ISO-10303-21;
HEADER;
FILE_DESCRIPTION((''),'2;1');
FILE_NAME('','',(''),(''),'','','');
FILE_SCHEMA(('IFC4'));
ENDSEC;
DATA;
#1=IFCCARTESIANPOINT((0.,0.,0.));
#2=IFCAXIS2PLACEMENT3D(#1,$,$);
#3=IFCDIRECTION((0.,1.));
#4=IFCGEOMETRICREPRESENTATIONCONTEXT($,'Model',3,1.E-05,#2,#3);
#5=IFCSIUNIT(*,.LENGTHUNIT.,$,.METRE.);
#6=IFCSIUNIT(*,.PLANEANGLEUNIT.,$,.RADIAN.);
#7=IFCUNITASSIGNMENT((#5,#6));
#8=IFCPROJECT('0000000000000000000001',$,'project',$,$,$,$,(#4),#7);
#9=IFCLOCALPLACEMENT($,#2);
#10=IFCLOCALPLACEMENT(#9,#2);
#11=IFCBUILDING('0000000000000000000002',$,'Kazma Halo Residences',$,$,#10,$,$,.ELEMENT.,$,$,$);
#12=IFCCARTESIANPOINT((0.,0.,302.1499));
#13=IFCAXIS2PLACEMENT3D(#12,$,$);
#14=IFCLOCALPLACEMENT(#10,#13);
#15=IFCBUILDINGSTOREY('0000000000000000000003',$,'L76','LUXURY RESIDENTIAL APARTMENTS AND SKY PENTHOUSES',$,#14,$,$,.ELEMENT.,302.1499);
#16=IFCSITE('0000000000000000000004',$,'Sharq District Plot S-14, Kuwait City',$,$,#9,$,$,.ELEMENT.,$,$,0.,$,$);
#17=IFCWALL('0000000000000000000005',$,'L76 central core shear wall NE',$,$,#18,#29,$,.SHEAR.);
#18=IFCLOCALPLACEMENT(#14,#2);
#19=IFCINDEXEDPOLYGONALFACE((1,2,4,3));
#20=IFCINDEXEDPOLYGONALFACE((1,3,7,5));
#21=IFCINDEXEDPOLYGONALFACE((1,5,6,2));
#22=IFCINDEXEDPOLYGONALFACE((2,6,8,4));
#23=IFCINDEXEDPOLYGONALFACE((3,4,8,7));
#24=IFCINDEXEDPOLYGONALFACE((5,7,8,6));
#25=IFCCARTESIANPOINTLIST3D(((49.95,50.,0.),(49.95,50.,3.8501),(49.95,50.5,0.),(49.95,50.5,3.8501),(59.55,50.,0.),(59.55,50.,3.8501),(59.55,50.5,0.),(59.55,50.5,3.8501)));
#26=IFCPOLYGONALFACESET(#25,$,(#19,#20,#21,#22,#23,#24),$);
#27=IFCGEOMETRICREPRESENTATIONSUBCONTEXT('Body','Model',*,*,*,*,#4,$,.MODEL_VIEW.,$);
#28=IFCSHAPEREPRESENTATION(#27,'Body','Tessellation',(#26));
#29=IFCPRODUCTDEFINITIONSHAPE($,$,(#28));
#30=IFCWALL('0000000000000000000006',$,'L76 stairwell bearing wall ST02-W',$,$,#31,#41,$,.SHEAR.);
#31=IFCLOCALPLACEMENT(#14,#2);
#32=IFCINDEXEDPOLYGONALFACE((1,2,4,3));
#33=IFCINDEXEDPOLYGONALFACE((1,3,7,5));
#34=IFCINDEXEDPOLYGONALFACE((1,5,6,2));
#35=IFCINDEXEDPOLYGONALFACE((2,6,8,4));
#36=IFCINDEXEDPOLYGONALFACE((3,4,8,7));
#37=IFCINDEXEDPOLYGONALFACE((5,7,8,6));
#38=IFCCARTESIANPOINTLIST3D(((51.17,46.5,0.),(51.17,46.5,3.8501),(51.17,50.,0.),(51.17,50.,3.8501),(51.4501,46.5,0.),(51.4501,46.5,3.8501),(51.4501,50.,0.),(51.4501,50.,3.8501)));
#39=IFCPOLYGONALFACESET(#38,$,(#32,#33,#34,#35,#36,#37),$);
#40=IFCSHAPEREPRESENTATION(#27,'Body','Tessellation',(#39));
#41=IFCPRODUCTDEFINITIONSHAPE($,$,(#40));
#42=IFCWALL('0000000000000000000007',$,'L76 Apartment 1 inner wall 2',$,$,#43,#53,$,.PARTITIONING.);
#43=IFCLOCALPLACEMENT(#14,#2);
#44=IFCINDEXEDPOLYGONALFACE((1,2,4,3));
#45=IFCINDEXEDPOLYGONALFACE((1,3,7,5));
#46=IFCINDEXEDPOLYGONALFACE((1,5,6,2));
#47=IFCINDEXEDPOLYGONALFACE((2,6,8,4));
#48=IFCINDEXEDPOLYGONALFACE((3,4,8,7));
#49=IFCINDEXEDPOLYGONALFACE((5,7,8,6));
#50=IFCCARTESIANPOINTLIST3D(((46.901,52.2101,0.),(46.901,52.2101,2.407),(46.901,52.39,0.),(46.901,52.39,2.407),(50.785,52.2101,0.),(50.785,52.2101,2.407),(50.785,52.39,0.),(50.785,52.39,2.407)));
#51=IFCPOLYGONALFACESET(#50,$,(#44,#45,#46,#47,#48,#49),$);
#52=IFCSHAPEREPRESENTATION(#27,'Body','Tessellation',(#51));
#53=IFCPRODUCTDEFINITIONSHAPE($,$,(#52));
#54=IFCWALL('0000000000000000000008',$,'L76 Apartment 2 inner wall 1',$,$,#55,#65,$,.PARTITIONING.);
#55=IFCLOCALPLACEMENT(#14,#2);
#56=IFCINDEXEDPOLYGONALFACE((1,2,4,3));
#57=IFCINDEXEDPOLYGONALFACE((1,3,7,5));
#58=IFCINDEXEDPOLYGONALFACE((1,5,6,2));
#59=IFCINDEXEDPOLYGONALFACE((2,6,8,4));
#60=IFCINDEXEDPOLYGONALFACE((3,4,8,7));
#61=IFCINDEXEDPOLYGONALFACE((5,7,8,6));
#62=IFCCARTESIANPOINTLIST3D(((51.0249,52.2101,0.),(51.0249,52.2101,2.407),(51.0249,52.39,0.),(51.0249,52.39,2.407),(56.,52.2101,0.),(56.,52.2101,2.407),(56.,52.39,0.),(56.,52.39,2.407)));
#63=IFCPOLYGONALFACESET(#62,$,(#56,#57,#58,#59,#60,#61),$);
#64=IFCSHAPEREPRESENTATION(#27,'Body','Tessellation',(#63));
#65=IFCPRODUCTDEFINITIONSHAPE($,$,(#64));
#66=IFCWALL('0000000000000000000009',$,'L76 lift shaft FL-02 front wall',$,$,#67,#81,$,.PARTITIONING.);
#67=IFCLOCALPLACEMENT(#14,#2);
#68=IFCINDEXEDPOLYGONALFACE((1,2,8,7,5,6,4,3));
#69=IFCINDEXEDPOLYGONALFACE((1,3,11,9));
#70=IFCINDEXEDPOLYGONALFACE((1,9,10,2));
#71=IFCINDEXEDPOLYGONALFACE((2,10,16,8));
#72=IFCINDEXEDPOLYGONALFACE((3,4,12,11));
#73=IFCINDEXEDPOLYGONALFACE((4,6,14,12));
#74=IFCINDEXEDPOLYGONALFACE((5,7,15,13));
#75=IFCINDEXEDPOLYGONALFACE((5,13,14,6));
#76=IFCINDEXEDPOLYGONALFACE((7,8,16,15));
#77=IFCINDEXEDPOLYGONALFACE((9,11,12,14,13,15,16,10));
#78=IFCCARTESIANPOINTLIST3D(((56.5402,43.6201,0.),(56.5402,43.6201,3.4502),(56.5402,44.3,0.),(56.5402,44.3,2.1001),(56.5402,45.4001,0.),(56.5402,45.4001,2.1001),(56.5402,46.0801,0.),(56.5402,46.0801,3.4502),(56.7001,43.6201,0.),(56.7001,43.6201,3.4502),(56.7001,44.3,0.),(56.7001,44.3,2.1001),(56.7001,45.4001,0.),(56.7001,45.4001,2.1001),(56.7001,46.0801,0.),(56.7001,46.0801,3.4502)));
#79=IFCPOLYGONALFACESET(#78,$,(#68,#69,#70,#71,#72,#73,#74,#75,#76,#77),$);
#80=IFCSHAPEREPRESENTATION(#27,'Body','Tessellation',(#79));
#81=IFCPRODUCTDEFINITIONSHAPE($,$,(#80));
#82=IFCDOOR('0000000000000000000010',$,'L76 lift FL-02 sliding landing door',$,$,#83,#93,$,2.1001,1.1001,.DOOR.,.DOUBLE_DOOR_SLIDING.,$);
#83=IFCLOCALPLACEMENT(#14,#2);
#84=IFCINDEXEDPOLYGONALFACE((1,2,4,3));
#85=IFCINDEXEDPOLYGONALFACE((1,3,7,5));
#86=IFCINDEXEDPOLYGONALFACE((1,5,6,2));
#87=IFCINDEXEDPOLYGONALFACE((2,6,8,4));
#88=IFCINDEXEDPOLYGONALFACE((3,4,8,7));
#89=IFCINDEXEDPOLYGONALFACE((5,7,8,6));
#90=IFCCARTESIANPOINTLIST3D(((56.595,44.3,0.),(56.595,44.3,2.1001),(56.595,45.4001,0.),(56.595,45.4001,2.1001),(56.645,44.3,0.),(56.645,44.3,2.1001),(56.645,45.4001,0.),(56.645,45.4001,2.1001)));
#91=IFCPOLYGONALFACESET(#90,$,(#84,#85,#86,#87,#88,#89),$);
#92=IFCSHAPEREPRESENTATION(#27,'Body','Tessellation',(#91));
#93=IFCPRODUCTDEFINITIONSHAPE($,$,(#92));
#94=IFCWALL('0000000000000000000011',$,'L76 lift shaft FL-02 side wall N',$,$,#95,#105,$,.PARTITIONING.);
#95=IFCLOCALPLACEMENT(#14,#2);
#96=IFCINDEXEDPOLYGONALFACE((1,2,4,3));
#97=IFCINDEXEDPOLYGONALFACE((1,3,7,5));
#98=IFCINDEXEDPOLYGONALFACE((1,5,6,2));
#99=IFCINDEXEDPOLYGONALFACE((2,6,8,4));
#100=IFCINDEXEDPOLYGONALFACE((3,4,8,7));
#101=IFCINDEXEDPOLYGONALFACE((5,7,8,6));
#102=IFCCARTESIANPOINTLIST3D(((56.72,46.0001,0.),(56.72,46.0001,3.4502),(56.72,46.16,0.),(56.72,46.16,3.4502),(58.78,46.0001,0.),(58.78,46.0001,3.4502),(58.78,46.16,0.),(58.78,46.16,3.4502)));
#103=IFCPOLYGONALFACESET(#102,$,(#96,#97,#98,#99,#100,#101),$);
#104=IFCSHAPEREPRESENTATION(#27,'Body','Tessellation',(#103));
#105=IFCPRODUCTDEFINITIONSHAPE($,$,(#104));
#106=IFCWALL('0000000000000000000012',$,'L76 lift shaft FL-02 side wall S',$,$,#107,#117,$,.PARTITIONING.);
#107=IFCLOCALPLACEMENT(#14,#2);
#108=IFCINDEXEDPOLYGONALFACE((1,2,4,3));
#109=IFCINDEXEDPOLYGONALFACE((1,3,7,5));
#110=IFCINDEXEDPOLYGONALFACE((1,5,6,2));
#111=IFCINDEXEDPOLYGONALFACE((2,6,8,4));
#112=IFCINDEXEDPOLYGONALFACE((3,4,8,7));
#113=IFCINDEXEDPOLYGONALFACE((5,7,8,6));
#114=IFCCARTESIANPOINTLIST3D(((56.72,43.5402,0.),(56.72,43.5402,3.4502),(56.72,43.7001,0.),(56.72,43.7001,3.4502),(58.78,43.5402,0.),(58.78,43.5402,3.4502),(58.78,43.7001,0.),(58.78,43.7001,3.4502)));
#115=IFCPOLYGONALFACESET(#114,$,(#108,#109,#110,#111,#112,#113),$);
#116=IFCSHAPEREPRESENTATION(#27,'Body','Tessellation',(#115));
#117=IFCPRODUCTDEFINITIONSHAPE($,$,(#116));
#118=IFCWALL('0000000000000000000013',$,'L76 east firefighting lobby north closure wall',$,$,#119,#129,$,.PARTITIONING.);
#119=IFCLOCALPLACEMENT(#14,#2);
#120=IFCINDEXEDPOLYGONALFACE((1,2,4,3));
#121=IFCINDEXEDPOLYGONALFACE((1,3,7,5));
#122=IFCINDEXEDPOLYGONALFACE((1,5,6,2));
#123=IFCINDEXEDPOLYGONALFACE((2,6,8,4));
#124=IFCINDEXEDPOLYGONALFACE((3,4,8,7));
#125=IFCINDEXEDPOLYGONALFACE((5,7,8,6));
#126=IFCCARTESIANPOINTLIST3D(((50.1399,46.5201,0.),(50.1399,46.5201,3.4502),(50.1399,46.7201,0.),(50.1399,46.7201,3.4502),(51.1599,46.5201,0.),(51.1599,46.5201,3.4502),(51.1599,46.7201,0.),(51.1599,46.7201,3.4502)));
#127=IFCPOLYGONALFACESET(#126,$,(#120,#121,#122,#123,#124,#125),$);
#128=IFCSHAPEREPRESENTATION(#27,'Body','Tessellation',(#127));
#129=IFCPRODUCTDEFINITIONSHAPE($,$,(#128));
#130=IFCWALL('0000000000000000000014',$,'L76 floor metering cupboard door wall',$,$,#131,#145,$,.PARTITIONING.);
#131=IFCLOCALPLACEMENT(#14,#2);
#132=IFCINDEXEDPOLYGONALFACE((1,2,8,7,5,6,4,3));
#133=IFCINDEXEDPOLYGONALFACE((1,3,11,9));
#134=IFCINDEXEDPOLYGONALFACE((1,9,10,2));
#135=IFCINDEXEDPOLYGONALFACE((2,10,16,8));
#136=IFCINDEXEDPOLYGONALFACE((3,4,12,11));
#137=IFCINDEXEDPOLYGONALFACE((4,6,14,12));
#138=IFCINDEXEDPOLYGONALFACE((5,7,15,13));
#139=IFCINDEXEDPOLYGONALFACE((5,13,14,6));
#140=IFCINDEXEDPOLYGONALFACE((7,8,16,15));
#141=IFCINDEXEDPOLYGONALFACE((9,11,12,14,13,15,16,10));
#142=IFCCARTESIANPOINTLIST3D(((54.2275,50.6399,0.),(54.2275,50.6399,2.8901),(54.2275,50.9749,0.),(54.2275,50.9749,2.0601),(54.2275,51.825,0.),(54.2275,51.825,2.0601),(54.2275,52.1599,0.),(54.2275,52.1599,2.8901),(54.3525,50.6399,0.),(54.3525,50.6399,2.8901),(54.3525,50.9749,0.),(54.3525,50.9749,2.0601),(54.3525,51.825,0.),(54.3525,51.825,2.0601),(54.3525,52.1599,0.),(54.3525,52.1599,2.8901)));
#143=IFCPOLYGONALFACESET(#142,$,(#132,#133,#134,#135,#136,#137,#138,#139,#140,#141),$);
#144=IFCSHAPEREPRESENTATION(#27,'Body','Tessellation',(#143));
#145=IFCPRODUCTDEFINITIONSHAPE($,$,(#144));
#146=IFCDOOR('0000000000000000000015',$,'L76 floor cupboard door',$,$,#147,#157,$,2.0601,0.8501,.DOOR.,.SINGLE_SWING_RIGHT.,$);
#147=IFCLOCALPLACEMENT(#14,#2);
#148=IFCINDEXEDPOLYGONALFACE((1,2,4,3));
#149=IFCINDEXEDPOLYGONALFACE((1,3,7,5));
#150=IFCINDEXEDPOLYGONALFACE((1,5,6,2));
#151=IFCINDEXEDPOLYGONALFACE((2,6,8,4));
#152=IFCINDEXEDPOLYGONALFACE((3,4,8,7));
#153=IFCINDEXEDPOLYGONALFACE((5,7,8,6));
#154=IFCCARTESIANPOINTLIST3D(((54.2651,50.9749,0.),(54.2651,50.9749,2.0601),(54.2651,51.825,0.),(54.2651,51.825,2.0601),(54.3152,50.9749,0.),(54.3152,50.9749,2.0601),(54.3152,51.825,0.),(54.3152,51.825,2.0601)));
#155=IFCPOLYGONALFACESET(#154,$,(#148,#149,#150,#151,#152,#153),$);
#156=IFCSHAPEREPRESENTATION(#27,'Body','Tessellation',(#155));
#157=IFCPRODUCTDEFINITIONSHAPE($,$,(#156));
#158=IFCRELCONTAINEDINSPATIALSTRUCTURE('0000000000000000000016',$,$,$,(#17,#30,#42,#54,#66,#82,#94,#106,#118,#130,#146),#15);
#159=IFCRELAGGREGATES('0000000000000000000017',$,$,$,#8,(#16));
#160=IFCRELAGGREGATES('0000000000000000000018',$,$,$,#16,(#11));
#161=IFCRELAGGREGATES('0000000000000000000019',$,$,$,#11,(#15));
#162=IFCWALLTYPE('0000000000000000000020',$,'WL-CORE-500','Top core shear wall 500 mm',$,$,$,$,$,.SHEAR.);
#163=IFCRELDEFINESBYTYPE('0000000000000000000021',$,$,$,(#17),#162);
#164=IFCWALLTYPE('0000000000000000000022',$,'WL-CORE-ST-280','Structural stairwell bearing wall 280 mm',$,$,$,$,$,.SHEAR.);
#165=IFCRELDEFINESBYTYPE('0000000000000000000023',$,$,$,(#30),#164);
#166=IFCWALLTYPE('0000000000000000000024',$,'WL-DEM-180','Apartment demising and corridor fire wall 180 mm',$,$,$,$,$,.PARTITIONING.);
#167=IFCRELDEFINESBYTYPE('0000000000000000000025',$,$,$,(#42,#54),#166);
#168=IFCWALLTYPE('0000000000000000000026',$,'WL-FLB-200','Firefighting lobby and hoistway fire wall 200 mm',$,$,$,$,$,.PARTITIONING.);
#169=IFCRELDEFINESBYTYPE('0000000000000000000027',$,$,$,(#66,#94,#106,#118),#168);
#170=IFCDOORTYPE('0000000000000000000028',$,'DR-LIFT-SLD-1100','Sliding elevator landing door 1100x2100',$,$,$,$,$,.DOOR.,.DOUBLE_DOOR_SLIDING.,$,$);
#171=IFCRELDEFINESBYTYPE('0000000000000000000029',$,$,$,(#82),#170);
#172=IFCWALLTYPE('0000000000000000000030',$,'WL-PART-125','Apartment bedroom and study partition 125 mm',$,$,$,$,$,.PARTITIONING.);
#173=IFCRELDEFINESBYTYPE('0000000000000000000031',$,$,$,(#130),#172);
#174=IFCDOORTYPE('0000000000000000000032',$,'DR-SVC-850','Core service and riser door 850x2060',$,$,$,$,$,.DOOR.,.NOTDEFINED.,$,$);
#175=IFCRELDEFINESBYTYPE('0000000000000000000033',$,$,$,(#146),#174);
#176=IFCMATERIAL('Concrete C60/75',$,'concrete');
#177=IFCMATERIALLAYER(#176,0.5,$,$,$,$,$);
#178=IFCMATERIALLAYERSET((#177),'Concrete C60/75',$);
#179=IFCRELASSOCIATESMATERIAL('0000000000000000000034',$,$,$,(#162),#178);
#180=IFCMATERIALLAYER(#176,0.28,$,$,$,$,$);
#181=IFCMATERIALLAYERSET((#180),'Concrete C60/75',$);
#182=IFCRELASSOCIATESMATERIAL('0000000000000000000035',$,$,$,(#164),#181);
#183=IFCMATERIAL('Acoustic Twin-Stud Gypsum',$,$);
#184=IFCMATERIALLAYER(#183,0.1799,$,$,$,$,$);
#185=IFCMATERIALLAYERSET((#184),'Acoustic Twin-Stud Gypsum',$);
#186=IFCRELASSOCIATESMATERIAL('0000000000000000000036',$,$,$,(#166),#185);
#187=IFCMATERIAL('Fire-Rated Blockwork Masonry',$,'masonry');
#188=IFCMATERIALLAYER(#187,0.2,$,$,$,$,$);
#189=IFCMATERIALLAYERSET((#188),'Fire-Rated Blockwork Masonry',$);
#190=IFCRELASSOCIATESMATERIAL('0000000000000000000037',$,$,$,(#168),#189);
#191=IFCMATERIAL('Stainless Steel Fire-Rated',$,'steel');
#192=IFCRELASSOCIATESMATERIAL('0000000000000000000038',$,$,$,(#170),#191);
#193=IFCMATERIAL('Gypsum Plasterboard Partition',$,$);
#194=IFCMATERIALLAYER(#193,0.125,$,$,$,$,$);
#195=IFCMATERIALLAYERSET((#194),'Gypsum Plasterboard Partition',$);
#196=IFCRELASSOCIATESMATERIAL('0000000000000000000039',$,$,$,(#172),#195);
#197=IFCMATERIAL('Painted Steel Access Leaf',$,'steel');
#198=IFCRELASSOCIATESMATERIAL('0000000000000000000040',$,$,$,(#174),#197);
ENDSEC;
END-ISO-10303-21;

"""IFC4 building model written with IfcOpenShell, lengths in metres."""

from ifc_helpers import new_model, si_unit, direction, frame, frame_2d, origin, place, context, subcontext, project, spatial, rectangle, extrude, material, layer, layer_set, type_object, element, fill, save


model = new_model("IFC4")

# Units and contexts
model_context = context("Model", 3, precision=1e-05, world=origin(), true_north=direction((0.0, 1.0)))
body_context = subcontext(model_context, "Body", "Model", "MODEL_VIEW")
ifc_project = project(units=[si_unit("LENGTHUNIT", "METRE"), si_unit("PLANEANGLEUNIT", "RADIAN")], contexts=[model_context])

# Site, building, storey
site_placement = place(None, origin())
site = spatial("IfcSite", under=ifc_project, at=site_placement, Name="Sharq District Plot S-14, Kuwait City", CompositionType="ELEMENT", RefElevation=0.0)
building_placement = place(site_placement, origin())
building = spatial("IfcBuilding", under=site, at=building_placement, Name="Kazma Halo Residences", CompositionType="ELEMENT")
storey_placement = place(building_placement, frame((0.0, 0.0, 302.1499)))
storey = spatial("IfcBuildingStorey", under=building, at=storey_placement, Name="L76", Description="LUXURY RESIDENTIAL APARTMENTS AND SKY PENTHOUSES", CompositionType="ELEMENT", Elevation=302.1499)

# Walls
ifc_material_1 = material(Name="Concrete C60/75", Category="concrete")
ifc_layer_1 = layer(ifc_material_1, 0.5)
ifc_layer_set_1 = layer_set([ifc_layer_1], Name="Concrete C60/75")
wall_type_1 = type_object("IfcWallType", Name="WL-CORE-500", Description="Top core shear wall 500 mm", PredefinedType="SHEAR", material=ifc_layer_set_1)
wall_1_placement = place(storey_placement, frame((49.95, 50.25, 0.0), z_axis=(0.0, 0.0, 1.0), x_axis=(1.0, 0.0, 0.0)))
element("IfcWall", 1, at=wall_1_placement, inside=storey, type_object=wall_type_1, Name="L76 central core shear wall NE", PredefinedType="SHEAR", context=body_context, shape_type="SweptSolid", body=[
    extrude(rectangle(XDim=9.6001, YDim=0.5, at=frame_2d((4.8, 0.0))), origin(), (0.0, 0.0, 1.0), 3.8501),
])
ifc_layer_2 = layer(ifc_material_1, 0.28)
ifc_layer_set_2 = layer_set([ifc_layer_2], Name="Concrete C60/75")
wall_type_2 = type_object("IfcWallType", Name="WL-CORE-ST-280", Description="Structural stairwell bearing wall 280 mm", PredefinedType="SHEAR", material=ifc_layer_set_2)
wall_2_placement = place(storey_placement, frame((51.3101, 46.5, 0.0), z_axis=(0.0, 0.0, 1.0), x_axis=(0.0, 1.0, 0.0)))
element("IfcWall", 2, at=wall_2_placement, inside=storey, type_object=wall_type_2, Name="L76 stairwell bearing wall ST02-W", PredefinedType="SHEAR", context=body_context, shape_type="SweptSolid", body=[
    extrude(rectangle(XDim=3.5, YDim=0.28, at=frame_2d((1.75, 0.0))), origin(), (0.0, 0.0, 1.0), 3.8501),
])
ifc_material_2 = material(Name="Acoustic Twin-Stud Gypsum")
ifc_layer_3 = layer(ifc_material_2, 0.1799)
ifc_layer_set_3 = layer_set([ifc_layer_3], Name="Acoustic Twin-Stud Gypsum")
wall_type_3 = type_object("IfcWallType", Name="WL-DEM-180", Description="Apartment demising and corridor fire wall 180 mm", PredefinedType="PARTITIONING", material=ifc_layer_set_3)
wall_3_placement = place(storey_placement, frame((50.7849, 52.3, 0.0), z_axis=(0.0, 0.0, 1.0), x_axis=(-1.0, 0.0, 0.0)))
element("IfcWall", 3, at=wall_3_placement, inside=storey, type_object=wall_type_3, Name="L76 Apartment 1 inner wall 2", PredefinedType="PARTITIONING", context=body_context, shape_type="SweptSolid", body=[
    extrude(rectangle(XDim=3.884, YDim=0.1799, at=frame_2d((1.9419, 0.0))), origin(), (0.0, 0.0, 1.0), 2.407),
])
wall_4_placement = place(storey_placement, frame((56.0, 52.3, 0.0), z_axis=(0.0, 0.0, 1.0), x_axis=(-1.0, 0.0, 0.0)))
element("IfcWall", 4, at=wall_4_placement, inside=storey, type_object=wall_type_3, Name="L76 Apartment 2 inner wall 1", PredefinedType="PARTITIONING", context=body_context, shape_type="SweptSolid", body=[
    extrude(rectangle(XDim=4.9751, YDim=0.1799, at=frame_2d((2.4875, 0.0))), origin(), (0.0, 0.0, 1.0), 2.407),
])

# Wall, opening, door
ifc_material_3 = material(Name="Fire-Rated Blockwork Masonry", Category="masonry")
ifc_layer_4 = layer(ifc_material_3, 0.2)
ifc_layer_set_4 = layer_set([ifc_layer_4], Name="Fire-Rated Blockwork Masonry")
wall_type_4 = type_object("IfcWallType", Name="WL-FLB-200", Description="Firefighting lobby and hoistway fire wall 200 mm", PredefinedType="PARTITIONING", material=ifc_layer_set_4)
wall_5_placement = place(storey_placement, frame((56.6201, 46.0801, 0.0), z_axis=(0.0, 0.0, 1.0), x_axis=(0.0, -1.0, 0.0)))
wall_5 = element("IfcWall", 5, at=wall_5_placement, inside=storey, type_object=wall_type_4, Name="L76 lift shaft FL-02 front wall", PredefinedType="PARTITIONING", context=body_context, shape_type="SweptSolid", body=[
    extrude(rectangle(XDim=2.46, YDim=0.1599, at=frame_2d((1.23, 0.0))), origin(), (0.0, 0.0, 1.0), 3.4502),
])
opening_1_placement = place(wall_5_placement, frame((0.6799, 0.0, 0.0)))
opening_1 = element("IfcOpeningElement", 6, at=opening_1_placement, cuts=wall_5, PredefinedType="OPENING", context=body_context, shape_type="SweptSolid", body=[
    extrude(rectangle(XDim=1.1001, YDim=2.1001, at=frame_2d((0.55, 1.05))), frame((0.0, 0.0898, 0.0), z_axis=(0.0, -1.0, 0.0), x_axis=(1.0, 0.0, 0.0)), (0.0, 0.0, 1.0), 0.1799),
])
ifc_material_4 = material(Name="Stainless Steel Fire-Rated", Category="steel")
door_type_1 = type_object("IfcDoorType", Name="DR-LIFT-SLD-1100", Description="Sliding elevator landing door 1100x2100", OperationType="DOUBLE_DOOR_SLIDING", PredefinedType="DOOR", material=ifc_material_4)
door_1_placement = place(opening_1_placement, origin())
door_1 = element("IfcDoor", 7, at=door_1_placement, inside=storey, type_object=door_type_1, Name="L76 lift FL-02 sliding landing door", OperationType="DOUBLE_DOOR_SLIDING", OverallHeight=2.1001, OverallWidth=1.1001, PredefinedType="DOOR", context=body_context, shape_type="SweptSolid", body=[
    extrude(rectangle(XDim=1.1001, YDim=2.1001, at=frame_2d((0.55, 1.05))), frame((0.0, 0.0249, 0.0), z_axis=(0.0, -1.0, 0.0), x_axis=(1.0, 0.0, 0.0)), (0.0, 0.0, 1.0), 0.05),
])
fill(opening_1, door_1)

# Walls
for number, where, z_axis, x_axis, name in (
    (8, (56.72, 46.0801, 0.0), (0.0, 0.0, 1.0), (1.0, 0.0, 0.0), "L76 lift shaft FL-02 side wall N"),
    (9, (56.72, 43.6201, 0.0), (0.0, 0.0, 1.0), (1.0, 0.0, 0.0), "L76 lift shaft FL-02 side wall S"),
):
    element("IfcWall", number, at=place(storey_placement, frame(where, z_axis=z_axis, x_axis=x_axis)), inside=storey, type_object=wall_type_4, Name=name, PredefinedType="PARTITIONING", context=body_context, shape_type="SweptSolid", body=[
        extrude(rectangle(XDim=2.0601, YDim=0.1599, at=frame_2d((1.03, 0.0))), origin(), (0.0, 0.0, 1.0), 3.4502),
    ])
wall_6_placement = place(storey_placement, frame((50.1399, 46.6201, 0.0), z_axis=(0.0, 0.0, 1.0), x_axis=(1.0, 0.0, 0.0)))
element("IfcWall", 10, at=wall_6_placement, inside=storey, type_object=wall_type_4, Name="L76 east firefighting lobby north closure wall", PredefinedType="PARTITIONING", context=body_context, shape_type="SweptSolid", body=[
    extrude(rectangle(XDim=1.02, YDim=0.2, at=frame_2d((0.51, 0.0))), origin(), (0.0, 0.0, 1.0), 3.4502),
])

# Wall, opening, door
ifc_material_5 = material(Name="Gypsum Plasterboard Partition")
ifc_layer_5 = layer(ifc_material_5, 0.125)
ifc_layer_set_5 = layer_set([ifc_layer_5], Name="Gypsum Plasterboard Partition")
wall_type_5 = type_object("IfcWallType", Name="WL-PART-125", Description="Apartment bedroom and study partition 125 mm", PredefinedType="PARTITIONING", material=ifc_layer_set_5)
wall_7_placement = place(storey_placement, frame((54.29, 50.6399, 0.0), z_axis=(0.0, 0.0, 1.0), x_axis=(0.0, 1.0, 0.0)))
wall_7 = element("IfcWall", 11, at=wall_7_placement, inside=storey, type_object=wall_type_5, Name="L76 floor metering cupboard door wall", PredefinedType="PARTITIONING", context=body_context, shape_type="SweptSolid", body=[
    extrude(rectangle(XDim=1.52, YDim=0.125, at=frame_2d((0.76, 0.0))), origin(), (0.0, 0.0, 1.0), 2.8901),
])
opening_2_placement = place(wall_7_placement, frame((0.335, 0.0, 0.0)))
opening_2 = element("IfcOpeningElement", 12, at=opening_2_placement, cuts=wall_7, PredefinedType="OPENING", context=body_context, shape_type="SweptSolid", body=[
    extrude(rectangle(XDim=0.8501, YDim=2.0601, at=frame_2d((0.425, 1.03))), frame((0.0, 0.0725, 0.0), z_axis=(0.0, -1.0, 0.0), x_axis=(1.0, 0.0, 0.0)), (0.0, 0.0, 1.0), 0.145),
])
ifc_material_6 = material(Name="Painted Steel Access Leaf", Category="steel")
door_type_2 = type_object("IfcDoorType", Name="DR-SVC-850", Description="Core service and riser door 850x2060", OperationType="NOTDEFINED", PredefinedType="DOOR", material=ifc_material_6)
door_2_placement = place(opening_2_placement, origin())
door_2 = element("IfcDoor", 13, at=door_2_placement, inside=storey, type_object=door_type_2, Name="L76 floor cupboard door", OperationType="SINGLE_SWING_RIGHT", OverallHeight=2.0601, OverallWidth=0.8501, PredefinedType="DOOR", context=body_context, shape_type="SweptSolid", body=[
    extrude(rectangle(XDim=0.8501, YDim=2.0601, at=frame_2d((0.425, 1.03))), frame((0.0, 0.0249, 0.0), z_axis=(0.0, -1.0, 0.0), x_axis=(1.0, 0.0, 0.0)), (0.0, 0.0, 1.0), 0.05),
])
fill(opening_2, door_2)

save(model, "model.ifc")
